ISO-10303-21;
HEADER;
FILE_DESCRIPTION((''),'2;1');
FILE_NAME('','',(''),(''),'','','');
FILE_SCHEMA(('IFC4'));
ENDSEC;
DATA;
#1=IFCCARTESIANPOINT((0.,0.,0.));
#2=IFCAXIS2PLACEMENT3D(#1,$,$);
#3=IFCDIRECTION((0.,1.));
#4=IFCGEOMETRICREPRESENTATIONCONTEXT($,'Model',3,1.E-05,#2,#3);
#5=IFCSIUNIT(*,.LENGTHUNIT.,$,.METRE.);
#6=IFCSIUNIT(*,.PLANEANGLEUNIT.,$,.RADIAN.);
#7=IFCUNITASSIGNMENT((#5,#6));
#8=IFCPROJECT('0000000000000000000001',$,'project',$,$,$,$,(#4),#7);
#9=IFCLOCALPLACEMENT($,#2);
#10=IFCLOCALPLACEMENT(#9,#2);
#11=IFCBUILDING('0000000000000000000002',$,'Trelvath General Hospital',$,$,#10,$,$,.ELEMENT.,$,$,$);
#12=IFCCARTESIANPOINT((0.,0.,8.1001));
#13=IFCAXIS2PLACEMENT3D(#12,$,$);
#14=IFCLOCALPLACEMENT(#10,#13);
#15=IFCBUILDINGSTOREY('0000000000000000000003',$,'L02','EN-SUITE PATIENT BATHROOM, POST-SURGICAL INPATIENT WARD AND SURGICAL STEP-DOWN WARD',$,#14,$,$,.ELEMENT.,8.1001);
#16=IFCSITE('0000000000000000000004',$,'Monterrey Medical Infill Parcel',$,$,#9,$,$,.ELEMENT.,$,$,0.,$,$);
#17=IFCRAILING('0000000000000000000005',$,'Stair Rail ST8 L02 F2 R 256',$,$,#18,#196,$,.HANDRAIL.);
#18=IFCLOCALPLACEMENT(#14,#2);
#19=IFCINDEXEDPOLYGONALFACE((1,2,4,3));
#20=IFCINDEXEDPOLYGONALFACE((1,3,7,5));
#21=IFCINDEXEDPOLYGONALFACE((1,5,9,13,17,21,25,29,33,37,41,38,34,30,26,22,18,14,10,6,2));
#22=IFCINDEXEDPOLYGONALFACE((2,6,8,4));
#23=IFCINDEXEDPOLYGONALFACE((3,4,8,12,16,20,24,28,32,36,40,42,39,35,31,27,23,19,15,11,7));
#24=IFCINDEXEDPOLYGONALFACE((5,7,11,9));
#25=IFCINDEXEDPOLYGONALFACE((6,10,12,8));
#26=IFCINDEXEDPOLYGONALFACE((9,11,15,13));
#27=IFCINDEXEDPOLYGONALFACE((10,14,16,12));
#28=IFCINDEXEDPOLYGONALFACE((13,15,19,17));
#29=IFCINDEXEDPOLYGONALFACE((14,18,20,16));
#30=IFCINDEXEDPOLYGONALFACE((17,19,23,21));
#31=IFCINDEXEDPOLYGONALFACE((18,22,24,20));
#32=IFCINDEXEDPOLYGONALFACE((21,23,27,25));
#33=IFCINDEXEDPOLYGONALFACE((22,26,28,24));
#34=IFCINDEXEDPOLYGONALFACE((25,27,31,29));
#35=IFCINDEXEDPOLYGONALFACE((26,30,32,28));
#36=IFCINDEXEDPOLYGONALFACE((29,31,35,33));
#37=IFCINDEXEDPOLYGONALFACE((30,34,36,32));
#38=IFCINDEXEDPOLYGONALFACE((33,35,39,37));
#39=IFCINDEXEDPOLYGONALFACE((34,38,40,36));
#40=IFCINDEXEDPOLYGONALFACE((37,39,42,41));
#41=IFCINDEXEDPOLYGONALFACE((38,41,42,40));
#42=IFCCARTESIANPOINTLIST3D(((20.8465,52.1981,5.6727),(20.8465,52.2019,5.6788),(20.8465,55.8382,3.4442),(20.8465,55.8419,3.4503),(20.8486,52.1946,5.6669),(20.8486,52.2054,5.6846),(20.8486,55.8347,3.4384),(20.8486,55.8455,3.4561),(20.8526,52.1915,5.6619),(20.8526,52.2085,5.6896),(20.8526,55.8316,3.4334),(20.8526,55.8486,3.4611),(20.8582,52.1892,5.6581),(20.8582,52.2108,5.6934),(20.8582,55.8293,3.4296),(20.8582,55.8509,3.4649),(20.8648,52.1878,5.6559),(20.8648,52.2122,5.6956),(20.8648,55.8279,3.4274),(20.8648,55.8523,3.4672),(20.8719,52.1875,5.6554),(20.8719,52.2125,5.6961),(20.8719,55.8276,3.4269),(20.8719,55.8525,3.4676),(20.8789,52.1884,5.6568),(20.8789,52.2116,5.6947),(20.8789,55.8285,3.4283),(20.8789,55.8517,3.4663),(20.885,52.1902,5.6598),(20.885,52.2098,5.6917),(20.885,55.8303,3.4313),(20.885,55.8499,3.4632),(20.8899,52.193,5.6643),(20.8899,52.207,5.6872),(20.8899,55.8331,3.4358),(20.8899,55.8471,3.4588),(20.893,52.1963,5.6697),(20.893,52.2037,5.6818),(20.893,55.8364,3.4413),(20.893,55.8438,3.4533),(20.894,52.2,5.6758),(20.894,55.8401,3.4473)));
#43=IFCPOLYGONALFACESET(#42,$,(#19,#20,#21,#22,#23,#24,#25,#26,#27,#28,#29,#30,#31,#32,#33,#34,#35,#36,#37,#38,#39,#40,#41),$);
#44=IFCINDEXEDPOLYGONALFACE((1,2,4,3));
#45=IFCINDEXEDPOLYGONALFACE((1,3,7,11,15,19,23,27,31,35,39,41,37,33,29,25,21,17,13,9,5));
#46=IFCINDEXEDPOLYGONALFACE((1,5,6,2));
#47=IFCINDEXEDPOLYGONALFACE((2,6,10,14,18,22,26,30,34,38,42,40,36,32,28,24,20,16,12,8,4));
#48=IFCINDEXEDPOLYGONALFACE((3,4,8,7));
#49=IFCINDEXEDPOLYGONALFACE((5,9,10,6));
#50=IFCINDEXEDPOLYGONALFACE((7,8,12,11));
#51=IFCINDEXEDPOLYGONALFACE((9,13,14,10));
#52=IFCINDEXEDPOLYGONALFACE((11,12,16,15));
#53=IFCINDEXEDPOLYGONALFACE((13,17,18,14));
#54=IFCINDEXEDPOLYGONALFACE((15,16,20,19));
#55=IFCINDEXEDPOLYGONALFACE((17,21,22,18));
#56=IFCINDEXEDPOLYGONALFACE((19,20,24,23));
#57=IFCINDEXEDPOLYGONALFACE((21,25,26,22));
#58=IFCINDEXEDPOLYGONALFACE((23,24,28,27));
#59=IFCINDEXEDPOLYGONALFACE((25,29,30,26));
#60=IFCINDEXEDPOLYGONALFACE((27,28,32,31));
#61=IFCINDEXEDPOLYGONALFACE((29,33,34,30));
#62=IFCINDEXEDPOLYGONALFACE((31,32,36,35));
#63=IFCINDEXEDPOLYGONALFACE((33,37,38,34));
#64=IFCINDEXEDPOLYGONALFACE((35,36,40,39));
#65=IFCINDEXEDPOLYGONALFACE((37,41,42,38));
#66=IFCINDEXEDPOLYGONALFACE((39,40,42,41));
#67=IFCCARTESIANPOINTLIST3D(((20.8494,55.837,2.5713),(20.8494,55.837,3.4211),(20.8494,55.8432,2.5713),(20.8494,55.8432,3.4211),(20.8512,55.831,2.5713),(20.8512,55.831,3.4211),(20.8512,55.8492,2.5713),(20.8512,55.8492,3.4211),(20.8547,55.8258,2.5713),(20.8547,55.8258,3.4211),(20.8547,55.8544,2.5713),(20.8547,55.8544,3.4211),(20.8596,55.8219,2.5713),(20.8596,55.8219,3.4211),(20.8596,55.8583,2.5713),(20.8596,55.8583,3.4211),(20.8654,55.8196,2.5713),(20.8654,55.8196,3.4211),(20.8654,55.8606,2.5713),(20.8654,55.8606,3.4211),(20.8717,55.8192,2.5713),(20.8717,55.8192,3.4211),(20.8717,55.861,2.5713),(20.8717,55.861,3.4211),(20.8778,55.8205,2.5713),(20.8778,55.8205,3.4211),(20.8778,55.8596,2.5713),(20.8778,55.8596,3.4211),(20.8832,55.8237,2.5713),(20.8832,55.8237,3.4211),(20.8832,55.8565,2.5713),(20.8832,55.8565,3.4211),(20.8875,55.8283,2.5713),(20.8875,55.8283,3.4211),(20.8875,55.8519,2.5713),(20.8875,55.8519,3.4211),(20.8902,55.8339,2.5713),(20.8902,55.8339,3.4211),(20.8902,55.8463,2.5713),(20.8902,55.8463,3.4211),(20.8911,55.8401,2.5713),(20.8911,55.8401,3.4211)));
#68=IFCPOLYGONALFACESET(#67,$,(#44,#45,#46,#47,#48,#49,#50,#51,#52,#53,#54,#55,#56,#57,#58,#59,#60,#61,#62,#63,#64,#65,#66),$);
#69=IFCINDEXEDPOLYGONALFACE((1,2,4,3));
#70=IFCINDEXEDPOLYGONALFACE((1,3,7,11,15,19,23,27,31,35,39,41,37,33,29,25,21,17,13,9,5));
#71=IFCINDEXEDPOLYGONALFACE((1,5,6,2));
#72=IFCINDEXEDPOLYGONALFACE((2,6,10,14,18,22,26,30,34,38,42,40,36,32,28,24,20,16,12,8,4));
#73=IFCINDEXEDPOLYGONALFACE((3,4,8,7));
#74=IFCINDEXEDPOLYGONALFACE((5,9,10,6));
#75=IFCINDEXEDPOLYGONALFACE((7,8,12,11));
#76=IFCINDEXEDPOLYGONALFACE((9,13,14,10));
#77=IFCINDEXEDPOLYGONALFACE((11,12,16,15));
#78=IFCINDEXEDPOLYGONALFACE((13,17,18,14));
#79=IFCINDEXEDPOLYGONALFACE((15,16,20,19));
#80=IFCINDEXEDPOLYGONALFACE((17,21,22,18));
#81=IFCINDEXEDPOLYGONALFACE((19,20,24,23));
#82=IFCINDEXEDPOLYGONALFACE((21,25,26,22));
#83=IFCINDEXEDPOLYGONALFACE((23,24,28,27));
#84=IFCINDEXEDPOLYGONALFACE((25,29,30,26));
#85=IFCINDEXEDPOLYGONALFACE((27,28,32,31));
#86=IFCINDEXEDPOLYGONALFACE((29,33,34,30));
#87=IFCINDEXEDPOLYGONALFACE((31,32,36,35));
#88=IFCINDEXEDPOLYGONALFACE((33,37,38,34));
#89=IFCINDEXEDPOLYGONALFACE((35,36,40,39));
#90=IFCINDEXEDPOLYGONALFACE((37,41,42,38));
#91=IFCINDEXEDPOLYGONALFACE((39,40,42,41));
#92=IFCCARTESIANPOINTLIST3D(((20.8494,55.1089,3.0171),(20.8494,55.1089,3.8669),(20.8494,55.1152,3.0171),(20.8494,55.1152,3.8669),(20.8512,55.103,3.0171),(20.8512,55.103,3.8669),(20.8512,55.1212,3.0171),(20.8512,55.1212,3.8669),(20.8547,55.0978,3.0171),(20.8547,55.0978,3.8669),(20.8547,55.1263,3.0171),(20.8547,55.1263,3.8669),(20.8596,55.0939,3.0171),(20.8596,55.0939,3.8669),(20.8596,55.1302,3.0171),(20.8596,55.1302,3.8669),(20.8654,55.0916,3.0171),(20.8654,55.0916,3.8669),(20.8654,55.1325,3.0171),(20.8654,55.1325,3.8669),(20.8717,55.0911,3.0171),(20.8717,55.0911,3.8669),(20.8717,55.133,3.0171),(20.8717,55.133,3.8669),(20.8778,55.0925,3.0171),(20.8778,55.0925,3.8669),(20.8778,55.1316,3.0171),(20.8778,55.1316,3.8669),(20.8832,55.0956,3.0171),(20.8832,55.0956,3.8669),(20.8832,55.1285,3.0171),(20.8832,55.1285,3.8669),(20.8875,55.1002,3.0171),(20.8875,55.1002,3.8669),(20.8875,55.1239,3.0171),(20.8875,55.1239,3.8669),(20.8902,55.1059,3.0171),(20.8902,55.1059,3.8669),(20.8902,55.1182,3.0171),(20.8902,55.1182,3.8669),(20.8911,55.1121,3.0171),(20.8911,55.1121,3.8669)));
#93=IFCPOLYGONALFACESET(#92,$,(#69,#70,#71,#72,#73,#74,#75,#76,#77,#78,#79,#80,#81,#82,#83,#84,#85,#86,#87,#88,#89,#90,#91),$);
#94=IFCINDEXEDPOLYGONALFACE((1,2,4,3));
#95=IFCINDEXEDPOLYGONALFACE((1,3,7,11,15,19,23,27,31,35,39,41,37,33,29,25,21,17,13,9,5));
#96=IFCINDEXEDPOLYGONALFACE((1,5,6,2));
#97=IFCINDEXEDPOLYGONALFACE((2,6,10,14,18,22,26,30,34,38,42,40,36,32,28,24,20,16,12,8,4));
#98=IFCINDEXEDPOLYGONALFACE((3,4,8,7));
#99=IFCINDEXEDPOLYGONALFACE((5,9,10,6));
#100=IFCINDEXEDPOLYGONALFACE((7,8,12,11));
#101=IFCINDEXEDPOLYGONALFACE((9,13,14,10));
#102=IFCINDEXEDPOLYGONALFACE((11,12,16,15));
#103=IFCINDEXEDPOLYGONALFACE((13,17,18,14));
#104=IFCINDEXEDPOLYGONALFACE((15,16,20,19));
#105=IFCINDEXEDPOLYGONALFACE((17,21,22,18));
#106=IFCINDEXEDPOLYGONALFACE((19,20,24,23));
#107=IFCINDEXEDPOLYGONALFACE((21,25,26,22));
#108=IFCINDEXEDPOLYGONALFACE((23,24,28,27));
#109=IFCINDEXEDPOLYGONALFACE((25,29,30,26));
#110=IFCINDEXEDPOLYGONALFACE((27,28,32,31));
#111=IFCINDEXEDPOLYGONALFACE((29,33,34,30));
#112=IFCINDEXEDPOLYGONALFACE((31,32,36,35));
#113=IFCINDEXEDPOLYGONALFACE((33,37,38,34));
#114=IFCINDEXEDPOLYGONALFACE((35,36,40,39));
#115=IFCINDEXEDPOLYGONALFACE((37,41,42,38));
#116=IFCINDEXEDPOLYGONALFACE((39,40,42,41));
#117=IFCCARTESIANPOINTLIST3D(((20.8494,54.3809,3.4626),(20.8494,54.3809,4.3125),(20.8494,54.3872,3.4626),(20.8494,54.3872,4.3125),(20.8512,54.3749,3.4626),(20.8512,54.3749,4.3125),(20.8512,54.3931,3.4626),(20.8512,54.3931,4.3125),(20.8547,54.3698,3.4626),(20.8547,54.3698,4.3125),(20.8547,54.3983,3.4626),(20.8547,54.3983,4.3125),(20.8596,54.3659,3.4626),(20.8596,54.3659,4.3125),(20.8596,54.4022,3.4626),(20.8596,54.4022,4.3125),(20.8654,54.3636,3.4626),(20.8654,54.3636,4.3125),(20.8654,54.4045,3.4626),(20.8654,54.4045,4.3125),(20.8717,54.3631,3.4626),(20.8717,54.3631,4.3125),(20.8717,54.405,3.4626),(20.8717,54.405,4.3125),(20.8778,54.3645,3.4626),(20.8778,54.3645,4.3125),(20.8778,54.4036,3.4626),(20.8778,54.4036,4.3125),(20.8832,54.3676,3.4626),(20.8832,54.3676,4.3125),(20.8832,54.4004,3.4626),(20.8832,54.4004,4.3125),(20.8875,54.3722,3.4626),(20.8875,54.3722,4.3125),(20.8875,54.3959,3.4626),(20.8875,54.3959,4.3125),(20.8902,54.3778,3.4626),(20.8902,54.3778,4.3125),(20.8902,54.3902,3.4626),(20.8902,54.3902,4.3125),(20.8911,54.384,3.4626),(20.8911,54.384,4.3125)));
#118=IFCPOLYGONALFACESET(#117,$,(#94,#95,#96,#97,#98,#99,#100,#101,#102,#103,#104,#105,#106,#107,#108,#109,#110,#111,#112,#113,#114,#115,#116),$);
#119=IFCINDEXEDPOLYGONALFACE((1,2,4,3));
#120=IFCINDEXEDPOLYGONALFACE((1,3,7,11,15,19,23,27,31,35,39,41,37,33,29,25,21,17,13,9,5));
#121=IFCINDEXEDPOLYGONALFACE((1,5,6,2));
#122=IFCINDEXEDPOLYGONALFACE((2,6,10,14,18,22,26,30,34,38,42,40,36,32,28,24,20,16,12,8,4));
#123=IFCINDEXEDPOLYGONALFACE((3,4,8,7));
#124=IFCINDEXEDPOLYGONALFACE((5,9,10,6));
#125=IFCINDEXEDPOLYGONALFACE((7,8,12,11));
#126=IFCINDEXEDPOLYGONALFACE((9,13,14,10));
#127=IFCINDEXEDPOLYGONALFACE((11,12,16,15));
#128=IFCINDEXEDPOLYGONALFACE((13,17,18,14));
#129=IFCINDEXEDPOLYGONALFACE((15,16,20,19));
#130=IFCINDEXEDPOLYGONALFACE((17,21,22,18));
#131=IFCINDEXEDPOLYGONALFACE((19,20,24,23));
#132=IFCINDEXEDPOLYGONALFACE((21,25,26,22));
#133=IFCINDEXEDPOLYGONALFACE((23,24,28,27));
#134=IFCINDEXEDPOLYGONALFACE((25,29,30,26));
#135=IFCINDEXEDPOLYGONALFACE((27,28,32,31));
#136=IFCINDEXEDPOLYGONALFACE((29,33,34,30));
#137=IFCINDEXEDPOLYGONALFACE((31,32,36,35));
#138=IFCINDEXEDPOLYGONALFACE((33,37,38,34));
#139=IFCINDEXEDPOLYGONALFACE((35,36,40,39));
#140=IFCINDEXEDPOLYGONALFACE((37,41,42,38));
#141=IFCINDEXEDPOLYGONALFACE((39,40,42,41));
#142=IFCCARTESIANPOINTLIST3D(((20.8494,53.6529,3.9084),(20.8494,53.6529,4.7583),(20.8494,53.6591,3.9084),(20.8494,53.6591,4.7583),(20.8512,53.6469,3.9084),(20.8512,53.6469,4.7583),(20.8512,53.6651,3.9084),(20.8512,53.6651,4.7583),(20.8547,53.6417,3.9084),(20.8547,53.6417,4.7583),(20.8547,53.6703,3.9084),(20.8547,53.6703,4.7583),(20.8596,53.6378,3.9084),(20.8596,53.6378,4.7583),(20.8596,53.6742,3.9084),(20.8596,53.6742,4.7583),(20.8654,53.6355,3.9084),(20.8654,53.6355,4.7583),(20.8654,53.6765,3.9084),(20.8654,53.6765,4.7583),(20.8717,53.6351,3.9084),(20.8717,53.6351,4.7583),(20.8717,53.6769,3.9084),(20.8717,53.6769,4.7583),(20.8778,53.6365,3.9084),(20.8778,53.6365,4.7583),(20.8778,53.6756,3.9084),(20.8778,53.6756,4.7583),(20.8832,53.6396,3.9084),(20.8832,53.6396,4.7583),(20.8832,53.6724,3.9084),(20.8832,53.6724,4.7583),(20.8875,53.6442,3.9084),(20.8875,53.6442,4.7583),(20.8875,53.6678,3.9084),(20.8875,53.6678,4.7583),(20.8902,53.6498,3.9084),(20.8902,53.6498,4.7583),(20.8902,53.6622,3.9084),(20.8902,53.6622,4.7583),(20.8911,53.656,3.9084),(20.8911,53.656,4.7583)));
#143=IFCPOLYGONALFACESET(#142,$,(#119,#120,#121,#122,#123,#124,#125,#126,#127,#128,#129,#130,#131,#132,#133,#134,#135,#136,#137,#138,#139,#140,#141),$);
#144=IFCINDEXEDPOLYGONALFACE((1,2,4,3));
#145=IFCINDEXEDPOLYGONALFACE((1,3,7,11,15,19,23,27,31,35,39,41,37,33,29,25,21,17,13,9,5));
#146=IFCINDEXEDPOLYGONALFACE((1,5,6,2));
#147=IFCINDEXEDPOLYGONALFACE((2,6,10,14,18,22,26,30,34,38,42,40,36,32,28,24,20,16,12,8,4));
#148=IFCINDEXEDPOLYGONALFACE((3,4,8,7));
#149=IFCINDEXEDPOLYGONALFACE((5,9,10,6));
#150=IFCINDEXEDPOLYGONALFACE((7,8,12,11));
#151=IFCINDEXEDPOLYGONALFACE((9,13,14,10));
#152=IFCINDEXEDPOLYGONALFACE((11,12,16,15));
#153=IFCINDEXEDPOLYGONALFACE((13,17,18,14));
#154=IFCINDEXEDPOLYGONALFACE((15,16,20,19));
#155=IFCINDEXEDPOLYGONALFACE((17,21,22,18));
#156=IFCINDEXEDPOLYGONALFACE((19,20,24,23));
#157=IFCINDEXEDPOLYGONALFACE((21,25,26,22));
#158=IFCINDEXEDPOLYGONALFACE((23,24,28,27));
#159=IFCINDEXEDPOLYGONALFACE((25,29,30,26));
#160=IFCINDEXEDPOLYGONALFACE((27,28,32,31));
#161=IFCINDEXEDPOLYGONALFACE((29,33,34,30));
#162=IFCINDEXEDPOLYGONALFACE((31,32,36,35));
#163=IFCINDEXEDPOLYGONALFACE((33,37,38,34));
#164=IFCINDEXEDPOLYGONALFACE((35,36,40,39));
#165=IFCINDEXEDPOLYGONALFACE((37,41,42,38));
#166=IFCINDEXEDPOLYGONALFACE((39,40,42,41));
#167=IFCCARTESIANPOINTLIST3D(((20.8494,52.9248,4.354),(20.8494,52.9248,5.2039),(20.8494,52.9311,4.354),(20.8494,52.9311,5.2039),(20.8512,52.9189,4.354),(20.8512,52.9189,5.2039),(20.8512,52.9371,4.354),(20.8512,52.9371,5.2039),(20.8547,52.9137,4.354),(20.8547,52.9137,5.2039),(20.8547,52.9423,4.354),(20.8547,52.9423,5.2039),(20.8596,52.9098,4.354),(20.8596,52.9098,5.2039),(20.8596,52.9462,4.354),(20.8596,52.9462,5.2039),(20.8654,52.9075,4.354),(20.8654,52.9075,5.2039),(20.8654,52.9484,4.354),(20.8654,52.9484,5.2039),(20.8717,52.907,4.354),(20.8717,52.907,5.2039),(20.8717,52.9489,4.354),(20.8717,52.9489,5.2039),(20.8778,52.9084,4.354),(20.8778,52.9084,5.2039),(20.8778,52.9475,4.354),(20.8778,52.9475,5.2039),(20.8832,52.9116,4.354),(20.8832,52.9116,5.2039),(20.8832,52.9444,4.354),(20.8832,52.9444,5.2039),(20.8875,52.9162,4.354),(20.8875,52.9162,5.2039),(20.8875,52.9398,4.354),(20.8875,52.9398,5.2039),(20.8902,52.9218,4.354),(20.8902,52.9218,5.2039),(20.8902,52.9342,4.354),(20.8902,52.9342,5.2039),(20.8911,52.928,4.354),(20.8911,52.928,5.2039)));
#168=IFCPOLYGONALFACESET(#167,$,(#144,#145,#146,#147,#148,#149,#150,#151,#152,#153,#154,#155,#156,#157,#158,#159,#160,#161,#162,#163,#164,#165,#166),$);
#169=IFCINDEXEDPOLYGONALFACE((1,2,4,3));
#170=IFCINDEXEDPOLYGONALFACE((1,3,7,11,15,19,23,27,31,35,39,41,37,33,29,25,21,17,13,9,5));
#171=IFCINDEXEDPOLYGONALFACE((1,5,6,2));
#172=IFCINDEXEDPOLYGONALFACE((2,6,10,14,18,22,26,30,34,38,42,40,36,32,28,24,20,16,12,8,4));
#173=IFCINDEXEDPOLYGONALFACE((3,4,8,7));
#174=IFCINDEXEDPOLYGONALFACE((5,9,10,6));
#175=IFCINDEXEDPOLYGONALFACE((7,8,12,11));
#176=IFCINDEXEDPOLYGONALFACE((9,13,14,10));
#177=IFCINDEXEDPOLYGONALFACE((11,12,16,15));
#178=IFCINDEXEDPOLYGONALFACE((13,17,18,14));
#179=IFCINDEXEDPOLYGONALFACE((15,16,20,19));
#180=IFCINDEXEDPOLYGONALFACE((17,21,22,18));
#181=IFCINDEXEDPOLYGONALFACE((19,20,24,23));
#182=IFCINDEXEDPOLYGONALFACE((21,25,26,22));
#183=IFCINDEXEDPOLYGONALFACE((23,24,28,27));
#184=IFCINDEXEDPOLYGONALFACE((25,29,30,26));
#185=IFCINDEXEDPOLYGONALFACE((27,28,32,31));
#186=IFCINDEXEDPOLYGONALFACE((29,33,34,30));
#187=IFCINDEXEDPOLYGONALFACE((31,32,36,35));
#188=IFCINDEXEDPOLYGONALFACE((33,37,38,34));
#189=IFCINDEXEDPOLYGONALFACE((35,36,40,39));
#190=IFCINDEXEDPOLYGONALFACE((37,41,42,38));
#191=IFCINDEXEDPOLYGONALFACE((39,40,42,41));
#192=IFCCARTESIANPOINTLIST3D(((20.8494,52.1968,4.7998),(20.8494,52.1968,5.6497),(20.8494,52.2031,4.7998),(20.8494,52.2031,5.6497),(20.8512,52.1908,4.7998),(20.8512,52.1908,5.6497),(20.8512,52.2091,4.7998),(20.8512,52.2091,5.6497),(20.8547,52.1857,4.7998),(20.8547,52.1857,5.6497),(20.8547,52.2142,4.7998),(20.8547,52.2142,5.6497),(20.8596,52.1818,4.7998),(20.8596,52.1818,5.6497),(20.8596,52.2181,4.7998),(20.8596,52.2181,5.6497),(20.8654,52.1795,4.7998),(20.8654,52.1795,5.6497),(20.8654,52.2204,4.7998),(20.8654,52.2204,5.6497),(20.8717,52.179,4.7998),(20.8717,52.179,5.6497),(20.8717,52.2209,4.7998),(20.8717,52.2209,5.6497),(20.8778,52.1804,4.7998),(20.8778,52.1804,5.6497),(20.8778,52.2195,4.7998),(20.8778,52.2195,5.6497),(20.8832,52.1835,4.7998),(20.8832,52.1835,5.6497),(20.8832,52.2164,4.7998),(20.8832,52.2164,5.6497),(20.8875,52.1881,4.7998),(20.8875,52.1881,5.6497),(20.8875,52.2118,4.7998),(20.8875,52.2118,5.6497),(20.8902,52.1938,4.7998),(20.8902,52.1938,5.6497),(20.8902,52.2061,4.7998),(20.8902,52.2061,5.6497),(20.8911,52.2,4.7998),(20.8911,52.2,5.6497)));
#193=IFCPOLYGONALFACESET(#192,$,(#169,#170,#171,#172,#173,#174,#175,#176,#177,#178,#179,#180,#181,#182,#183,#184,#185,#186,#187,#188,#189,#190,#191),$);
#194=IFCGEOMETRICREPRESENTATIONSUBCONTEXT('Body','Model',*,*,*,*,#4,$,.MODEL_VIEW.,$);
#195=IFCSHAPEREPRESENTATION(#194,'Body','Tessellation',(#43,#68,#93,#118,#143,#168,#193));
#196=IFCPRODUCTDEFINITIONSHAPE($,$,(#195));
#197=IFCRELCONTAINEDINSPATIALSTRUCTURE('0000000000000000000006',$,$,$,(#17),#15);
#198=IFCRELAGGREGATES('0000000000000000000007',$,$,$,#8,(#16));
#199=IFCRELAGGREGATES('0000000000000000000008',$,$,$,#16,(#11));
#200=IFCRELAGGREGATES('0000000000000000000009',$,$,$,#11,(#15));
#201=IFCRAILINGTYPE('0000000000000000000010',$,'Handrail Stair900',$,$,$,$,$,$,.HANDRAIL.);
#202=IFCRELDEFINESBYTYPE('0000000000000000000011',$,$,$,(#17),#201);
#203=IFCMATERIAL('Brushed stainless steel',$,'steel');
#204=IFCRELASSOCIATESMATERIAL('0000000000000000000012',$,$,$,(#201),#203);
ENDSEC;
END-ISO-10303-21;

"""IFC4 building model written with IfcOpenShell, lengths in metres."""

from ifc_helpers import new_model, si_unit, direction, frame, origin, origin_2d, place, context, subcontext, project, spatial, circle, extrude, material, type_object, element, save


model = new_model("IFC4")

# Units and contexts
model_context = context("Model", 3, precision=1e-05, world=origin(), true_north=direction((0.0, 1.0)))
body_context = subcontext(model_context, "Body", "Model", "MODEL_VIEW")
ifc_project = project(units=[si_unit("LENGTHUNIT", "METRE"), si_unit("PLANEANGLEUNIT", "RADIAN")], contexts=[model_context])

# Site, building, storey
site_placement = place(None, origin())
site = spatial("IfcSite", under=ifc_project, at=site_placement, Name="Monterrey Medical Infill Parcel", CompositionType="ELEMENT", RefElevation=0.0)
building_placement = place(site_placement, origin())
building = spatial("IfcBuilding", under=site, at=building_placement, Name="Trelvath General Hospital", CompositionType="ELEMENT")
storey_placement = place(building_placement, frame((0.0, 0.0, 8.1001)))
storey = spatial("IfcBuildingStorey", under=building, at=storey_placement, Name="L02", Description="EN-SUITE PATIENT BATHROOM, POST-SURGICAL INPATIENT WARD AND SURGICAL STEP-DOWN WARD", CompositionType="ELEMENT", Elevation=8.1001)

# Railing
ifc_material_1 = material(Name="Brushed stainless steel", Category="steel")
railing_type_1 = type_object("IfcRailingType", Name="Handrail Stair900", PredefinedType="HANDRAIL", material=ifc_material_1)
railing_1_placement = place(storey_placement, frame((20.8701, 55.8401, 2.5713)))
element("IfcRailing", 1, at=railing_1_placement, inside=storey, type_object=railing_type_1, Name="Stair Rail ST8 L02 F2 R 256", PredefinedType="HANDRAIL", context=body_context, shape_type="SweptSolid", body=[
    extrude(circle(Radius=0.0239, at=origin_2d()), frame((0.0, 0.0, 0.876), z_axis=(0.0, -0.852866, 0.52213), x_axis=(1.0, 0.0, 0.0)), (0.0, 0.0, 1.0), 4.2681),
    extrude(circle(Radius=0.021, at=origin_2d()), origin(), (0.0, 0.0, 1.0), 0.8499),
    extrude(circle(Radius=0.021, at=origin_2d()), frame((0.0, -0.728, 0.4458)), (0.0, 0.0, 1.0), 0.8499),
    extrude(circle(Radius=0.021, at=origin_2d()), frame((0.0, -1.4561, 0.8914)), (0.0, 0.0, 1.0), 0.8499),
    extrude(circle(Radius=0.021, at=origin_2d()), frame((0.0, -2.1841, 1.3372)), (0.0, 0.0, 1.0), 0.8499),
    extrude(circle(Radius=0.021, at=origin_2d()), frame((0.0, -2.9121, 1.7827)), (0.0, 0.0, 1.0), 0.8499),
    extrude(circle(Radius=0.021, at=origin_2d()), frame((0.0, -3.6401, 2.2285)), (0.0, 0.0, 1.0), 0.8499),
])

save(model, "model.ifc")
